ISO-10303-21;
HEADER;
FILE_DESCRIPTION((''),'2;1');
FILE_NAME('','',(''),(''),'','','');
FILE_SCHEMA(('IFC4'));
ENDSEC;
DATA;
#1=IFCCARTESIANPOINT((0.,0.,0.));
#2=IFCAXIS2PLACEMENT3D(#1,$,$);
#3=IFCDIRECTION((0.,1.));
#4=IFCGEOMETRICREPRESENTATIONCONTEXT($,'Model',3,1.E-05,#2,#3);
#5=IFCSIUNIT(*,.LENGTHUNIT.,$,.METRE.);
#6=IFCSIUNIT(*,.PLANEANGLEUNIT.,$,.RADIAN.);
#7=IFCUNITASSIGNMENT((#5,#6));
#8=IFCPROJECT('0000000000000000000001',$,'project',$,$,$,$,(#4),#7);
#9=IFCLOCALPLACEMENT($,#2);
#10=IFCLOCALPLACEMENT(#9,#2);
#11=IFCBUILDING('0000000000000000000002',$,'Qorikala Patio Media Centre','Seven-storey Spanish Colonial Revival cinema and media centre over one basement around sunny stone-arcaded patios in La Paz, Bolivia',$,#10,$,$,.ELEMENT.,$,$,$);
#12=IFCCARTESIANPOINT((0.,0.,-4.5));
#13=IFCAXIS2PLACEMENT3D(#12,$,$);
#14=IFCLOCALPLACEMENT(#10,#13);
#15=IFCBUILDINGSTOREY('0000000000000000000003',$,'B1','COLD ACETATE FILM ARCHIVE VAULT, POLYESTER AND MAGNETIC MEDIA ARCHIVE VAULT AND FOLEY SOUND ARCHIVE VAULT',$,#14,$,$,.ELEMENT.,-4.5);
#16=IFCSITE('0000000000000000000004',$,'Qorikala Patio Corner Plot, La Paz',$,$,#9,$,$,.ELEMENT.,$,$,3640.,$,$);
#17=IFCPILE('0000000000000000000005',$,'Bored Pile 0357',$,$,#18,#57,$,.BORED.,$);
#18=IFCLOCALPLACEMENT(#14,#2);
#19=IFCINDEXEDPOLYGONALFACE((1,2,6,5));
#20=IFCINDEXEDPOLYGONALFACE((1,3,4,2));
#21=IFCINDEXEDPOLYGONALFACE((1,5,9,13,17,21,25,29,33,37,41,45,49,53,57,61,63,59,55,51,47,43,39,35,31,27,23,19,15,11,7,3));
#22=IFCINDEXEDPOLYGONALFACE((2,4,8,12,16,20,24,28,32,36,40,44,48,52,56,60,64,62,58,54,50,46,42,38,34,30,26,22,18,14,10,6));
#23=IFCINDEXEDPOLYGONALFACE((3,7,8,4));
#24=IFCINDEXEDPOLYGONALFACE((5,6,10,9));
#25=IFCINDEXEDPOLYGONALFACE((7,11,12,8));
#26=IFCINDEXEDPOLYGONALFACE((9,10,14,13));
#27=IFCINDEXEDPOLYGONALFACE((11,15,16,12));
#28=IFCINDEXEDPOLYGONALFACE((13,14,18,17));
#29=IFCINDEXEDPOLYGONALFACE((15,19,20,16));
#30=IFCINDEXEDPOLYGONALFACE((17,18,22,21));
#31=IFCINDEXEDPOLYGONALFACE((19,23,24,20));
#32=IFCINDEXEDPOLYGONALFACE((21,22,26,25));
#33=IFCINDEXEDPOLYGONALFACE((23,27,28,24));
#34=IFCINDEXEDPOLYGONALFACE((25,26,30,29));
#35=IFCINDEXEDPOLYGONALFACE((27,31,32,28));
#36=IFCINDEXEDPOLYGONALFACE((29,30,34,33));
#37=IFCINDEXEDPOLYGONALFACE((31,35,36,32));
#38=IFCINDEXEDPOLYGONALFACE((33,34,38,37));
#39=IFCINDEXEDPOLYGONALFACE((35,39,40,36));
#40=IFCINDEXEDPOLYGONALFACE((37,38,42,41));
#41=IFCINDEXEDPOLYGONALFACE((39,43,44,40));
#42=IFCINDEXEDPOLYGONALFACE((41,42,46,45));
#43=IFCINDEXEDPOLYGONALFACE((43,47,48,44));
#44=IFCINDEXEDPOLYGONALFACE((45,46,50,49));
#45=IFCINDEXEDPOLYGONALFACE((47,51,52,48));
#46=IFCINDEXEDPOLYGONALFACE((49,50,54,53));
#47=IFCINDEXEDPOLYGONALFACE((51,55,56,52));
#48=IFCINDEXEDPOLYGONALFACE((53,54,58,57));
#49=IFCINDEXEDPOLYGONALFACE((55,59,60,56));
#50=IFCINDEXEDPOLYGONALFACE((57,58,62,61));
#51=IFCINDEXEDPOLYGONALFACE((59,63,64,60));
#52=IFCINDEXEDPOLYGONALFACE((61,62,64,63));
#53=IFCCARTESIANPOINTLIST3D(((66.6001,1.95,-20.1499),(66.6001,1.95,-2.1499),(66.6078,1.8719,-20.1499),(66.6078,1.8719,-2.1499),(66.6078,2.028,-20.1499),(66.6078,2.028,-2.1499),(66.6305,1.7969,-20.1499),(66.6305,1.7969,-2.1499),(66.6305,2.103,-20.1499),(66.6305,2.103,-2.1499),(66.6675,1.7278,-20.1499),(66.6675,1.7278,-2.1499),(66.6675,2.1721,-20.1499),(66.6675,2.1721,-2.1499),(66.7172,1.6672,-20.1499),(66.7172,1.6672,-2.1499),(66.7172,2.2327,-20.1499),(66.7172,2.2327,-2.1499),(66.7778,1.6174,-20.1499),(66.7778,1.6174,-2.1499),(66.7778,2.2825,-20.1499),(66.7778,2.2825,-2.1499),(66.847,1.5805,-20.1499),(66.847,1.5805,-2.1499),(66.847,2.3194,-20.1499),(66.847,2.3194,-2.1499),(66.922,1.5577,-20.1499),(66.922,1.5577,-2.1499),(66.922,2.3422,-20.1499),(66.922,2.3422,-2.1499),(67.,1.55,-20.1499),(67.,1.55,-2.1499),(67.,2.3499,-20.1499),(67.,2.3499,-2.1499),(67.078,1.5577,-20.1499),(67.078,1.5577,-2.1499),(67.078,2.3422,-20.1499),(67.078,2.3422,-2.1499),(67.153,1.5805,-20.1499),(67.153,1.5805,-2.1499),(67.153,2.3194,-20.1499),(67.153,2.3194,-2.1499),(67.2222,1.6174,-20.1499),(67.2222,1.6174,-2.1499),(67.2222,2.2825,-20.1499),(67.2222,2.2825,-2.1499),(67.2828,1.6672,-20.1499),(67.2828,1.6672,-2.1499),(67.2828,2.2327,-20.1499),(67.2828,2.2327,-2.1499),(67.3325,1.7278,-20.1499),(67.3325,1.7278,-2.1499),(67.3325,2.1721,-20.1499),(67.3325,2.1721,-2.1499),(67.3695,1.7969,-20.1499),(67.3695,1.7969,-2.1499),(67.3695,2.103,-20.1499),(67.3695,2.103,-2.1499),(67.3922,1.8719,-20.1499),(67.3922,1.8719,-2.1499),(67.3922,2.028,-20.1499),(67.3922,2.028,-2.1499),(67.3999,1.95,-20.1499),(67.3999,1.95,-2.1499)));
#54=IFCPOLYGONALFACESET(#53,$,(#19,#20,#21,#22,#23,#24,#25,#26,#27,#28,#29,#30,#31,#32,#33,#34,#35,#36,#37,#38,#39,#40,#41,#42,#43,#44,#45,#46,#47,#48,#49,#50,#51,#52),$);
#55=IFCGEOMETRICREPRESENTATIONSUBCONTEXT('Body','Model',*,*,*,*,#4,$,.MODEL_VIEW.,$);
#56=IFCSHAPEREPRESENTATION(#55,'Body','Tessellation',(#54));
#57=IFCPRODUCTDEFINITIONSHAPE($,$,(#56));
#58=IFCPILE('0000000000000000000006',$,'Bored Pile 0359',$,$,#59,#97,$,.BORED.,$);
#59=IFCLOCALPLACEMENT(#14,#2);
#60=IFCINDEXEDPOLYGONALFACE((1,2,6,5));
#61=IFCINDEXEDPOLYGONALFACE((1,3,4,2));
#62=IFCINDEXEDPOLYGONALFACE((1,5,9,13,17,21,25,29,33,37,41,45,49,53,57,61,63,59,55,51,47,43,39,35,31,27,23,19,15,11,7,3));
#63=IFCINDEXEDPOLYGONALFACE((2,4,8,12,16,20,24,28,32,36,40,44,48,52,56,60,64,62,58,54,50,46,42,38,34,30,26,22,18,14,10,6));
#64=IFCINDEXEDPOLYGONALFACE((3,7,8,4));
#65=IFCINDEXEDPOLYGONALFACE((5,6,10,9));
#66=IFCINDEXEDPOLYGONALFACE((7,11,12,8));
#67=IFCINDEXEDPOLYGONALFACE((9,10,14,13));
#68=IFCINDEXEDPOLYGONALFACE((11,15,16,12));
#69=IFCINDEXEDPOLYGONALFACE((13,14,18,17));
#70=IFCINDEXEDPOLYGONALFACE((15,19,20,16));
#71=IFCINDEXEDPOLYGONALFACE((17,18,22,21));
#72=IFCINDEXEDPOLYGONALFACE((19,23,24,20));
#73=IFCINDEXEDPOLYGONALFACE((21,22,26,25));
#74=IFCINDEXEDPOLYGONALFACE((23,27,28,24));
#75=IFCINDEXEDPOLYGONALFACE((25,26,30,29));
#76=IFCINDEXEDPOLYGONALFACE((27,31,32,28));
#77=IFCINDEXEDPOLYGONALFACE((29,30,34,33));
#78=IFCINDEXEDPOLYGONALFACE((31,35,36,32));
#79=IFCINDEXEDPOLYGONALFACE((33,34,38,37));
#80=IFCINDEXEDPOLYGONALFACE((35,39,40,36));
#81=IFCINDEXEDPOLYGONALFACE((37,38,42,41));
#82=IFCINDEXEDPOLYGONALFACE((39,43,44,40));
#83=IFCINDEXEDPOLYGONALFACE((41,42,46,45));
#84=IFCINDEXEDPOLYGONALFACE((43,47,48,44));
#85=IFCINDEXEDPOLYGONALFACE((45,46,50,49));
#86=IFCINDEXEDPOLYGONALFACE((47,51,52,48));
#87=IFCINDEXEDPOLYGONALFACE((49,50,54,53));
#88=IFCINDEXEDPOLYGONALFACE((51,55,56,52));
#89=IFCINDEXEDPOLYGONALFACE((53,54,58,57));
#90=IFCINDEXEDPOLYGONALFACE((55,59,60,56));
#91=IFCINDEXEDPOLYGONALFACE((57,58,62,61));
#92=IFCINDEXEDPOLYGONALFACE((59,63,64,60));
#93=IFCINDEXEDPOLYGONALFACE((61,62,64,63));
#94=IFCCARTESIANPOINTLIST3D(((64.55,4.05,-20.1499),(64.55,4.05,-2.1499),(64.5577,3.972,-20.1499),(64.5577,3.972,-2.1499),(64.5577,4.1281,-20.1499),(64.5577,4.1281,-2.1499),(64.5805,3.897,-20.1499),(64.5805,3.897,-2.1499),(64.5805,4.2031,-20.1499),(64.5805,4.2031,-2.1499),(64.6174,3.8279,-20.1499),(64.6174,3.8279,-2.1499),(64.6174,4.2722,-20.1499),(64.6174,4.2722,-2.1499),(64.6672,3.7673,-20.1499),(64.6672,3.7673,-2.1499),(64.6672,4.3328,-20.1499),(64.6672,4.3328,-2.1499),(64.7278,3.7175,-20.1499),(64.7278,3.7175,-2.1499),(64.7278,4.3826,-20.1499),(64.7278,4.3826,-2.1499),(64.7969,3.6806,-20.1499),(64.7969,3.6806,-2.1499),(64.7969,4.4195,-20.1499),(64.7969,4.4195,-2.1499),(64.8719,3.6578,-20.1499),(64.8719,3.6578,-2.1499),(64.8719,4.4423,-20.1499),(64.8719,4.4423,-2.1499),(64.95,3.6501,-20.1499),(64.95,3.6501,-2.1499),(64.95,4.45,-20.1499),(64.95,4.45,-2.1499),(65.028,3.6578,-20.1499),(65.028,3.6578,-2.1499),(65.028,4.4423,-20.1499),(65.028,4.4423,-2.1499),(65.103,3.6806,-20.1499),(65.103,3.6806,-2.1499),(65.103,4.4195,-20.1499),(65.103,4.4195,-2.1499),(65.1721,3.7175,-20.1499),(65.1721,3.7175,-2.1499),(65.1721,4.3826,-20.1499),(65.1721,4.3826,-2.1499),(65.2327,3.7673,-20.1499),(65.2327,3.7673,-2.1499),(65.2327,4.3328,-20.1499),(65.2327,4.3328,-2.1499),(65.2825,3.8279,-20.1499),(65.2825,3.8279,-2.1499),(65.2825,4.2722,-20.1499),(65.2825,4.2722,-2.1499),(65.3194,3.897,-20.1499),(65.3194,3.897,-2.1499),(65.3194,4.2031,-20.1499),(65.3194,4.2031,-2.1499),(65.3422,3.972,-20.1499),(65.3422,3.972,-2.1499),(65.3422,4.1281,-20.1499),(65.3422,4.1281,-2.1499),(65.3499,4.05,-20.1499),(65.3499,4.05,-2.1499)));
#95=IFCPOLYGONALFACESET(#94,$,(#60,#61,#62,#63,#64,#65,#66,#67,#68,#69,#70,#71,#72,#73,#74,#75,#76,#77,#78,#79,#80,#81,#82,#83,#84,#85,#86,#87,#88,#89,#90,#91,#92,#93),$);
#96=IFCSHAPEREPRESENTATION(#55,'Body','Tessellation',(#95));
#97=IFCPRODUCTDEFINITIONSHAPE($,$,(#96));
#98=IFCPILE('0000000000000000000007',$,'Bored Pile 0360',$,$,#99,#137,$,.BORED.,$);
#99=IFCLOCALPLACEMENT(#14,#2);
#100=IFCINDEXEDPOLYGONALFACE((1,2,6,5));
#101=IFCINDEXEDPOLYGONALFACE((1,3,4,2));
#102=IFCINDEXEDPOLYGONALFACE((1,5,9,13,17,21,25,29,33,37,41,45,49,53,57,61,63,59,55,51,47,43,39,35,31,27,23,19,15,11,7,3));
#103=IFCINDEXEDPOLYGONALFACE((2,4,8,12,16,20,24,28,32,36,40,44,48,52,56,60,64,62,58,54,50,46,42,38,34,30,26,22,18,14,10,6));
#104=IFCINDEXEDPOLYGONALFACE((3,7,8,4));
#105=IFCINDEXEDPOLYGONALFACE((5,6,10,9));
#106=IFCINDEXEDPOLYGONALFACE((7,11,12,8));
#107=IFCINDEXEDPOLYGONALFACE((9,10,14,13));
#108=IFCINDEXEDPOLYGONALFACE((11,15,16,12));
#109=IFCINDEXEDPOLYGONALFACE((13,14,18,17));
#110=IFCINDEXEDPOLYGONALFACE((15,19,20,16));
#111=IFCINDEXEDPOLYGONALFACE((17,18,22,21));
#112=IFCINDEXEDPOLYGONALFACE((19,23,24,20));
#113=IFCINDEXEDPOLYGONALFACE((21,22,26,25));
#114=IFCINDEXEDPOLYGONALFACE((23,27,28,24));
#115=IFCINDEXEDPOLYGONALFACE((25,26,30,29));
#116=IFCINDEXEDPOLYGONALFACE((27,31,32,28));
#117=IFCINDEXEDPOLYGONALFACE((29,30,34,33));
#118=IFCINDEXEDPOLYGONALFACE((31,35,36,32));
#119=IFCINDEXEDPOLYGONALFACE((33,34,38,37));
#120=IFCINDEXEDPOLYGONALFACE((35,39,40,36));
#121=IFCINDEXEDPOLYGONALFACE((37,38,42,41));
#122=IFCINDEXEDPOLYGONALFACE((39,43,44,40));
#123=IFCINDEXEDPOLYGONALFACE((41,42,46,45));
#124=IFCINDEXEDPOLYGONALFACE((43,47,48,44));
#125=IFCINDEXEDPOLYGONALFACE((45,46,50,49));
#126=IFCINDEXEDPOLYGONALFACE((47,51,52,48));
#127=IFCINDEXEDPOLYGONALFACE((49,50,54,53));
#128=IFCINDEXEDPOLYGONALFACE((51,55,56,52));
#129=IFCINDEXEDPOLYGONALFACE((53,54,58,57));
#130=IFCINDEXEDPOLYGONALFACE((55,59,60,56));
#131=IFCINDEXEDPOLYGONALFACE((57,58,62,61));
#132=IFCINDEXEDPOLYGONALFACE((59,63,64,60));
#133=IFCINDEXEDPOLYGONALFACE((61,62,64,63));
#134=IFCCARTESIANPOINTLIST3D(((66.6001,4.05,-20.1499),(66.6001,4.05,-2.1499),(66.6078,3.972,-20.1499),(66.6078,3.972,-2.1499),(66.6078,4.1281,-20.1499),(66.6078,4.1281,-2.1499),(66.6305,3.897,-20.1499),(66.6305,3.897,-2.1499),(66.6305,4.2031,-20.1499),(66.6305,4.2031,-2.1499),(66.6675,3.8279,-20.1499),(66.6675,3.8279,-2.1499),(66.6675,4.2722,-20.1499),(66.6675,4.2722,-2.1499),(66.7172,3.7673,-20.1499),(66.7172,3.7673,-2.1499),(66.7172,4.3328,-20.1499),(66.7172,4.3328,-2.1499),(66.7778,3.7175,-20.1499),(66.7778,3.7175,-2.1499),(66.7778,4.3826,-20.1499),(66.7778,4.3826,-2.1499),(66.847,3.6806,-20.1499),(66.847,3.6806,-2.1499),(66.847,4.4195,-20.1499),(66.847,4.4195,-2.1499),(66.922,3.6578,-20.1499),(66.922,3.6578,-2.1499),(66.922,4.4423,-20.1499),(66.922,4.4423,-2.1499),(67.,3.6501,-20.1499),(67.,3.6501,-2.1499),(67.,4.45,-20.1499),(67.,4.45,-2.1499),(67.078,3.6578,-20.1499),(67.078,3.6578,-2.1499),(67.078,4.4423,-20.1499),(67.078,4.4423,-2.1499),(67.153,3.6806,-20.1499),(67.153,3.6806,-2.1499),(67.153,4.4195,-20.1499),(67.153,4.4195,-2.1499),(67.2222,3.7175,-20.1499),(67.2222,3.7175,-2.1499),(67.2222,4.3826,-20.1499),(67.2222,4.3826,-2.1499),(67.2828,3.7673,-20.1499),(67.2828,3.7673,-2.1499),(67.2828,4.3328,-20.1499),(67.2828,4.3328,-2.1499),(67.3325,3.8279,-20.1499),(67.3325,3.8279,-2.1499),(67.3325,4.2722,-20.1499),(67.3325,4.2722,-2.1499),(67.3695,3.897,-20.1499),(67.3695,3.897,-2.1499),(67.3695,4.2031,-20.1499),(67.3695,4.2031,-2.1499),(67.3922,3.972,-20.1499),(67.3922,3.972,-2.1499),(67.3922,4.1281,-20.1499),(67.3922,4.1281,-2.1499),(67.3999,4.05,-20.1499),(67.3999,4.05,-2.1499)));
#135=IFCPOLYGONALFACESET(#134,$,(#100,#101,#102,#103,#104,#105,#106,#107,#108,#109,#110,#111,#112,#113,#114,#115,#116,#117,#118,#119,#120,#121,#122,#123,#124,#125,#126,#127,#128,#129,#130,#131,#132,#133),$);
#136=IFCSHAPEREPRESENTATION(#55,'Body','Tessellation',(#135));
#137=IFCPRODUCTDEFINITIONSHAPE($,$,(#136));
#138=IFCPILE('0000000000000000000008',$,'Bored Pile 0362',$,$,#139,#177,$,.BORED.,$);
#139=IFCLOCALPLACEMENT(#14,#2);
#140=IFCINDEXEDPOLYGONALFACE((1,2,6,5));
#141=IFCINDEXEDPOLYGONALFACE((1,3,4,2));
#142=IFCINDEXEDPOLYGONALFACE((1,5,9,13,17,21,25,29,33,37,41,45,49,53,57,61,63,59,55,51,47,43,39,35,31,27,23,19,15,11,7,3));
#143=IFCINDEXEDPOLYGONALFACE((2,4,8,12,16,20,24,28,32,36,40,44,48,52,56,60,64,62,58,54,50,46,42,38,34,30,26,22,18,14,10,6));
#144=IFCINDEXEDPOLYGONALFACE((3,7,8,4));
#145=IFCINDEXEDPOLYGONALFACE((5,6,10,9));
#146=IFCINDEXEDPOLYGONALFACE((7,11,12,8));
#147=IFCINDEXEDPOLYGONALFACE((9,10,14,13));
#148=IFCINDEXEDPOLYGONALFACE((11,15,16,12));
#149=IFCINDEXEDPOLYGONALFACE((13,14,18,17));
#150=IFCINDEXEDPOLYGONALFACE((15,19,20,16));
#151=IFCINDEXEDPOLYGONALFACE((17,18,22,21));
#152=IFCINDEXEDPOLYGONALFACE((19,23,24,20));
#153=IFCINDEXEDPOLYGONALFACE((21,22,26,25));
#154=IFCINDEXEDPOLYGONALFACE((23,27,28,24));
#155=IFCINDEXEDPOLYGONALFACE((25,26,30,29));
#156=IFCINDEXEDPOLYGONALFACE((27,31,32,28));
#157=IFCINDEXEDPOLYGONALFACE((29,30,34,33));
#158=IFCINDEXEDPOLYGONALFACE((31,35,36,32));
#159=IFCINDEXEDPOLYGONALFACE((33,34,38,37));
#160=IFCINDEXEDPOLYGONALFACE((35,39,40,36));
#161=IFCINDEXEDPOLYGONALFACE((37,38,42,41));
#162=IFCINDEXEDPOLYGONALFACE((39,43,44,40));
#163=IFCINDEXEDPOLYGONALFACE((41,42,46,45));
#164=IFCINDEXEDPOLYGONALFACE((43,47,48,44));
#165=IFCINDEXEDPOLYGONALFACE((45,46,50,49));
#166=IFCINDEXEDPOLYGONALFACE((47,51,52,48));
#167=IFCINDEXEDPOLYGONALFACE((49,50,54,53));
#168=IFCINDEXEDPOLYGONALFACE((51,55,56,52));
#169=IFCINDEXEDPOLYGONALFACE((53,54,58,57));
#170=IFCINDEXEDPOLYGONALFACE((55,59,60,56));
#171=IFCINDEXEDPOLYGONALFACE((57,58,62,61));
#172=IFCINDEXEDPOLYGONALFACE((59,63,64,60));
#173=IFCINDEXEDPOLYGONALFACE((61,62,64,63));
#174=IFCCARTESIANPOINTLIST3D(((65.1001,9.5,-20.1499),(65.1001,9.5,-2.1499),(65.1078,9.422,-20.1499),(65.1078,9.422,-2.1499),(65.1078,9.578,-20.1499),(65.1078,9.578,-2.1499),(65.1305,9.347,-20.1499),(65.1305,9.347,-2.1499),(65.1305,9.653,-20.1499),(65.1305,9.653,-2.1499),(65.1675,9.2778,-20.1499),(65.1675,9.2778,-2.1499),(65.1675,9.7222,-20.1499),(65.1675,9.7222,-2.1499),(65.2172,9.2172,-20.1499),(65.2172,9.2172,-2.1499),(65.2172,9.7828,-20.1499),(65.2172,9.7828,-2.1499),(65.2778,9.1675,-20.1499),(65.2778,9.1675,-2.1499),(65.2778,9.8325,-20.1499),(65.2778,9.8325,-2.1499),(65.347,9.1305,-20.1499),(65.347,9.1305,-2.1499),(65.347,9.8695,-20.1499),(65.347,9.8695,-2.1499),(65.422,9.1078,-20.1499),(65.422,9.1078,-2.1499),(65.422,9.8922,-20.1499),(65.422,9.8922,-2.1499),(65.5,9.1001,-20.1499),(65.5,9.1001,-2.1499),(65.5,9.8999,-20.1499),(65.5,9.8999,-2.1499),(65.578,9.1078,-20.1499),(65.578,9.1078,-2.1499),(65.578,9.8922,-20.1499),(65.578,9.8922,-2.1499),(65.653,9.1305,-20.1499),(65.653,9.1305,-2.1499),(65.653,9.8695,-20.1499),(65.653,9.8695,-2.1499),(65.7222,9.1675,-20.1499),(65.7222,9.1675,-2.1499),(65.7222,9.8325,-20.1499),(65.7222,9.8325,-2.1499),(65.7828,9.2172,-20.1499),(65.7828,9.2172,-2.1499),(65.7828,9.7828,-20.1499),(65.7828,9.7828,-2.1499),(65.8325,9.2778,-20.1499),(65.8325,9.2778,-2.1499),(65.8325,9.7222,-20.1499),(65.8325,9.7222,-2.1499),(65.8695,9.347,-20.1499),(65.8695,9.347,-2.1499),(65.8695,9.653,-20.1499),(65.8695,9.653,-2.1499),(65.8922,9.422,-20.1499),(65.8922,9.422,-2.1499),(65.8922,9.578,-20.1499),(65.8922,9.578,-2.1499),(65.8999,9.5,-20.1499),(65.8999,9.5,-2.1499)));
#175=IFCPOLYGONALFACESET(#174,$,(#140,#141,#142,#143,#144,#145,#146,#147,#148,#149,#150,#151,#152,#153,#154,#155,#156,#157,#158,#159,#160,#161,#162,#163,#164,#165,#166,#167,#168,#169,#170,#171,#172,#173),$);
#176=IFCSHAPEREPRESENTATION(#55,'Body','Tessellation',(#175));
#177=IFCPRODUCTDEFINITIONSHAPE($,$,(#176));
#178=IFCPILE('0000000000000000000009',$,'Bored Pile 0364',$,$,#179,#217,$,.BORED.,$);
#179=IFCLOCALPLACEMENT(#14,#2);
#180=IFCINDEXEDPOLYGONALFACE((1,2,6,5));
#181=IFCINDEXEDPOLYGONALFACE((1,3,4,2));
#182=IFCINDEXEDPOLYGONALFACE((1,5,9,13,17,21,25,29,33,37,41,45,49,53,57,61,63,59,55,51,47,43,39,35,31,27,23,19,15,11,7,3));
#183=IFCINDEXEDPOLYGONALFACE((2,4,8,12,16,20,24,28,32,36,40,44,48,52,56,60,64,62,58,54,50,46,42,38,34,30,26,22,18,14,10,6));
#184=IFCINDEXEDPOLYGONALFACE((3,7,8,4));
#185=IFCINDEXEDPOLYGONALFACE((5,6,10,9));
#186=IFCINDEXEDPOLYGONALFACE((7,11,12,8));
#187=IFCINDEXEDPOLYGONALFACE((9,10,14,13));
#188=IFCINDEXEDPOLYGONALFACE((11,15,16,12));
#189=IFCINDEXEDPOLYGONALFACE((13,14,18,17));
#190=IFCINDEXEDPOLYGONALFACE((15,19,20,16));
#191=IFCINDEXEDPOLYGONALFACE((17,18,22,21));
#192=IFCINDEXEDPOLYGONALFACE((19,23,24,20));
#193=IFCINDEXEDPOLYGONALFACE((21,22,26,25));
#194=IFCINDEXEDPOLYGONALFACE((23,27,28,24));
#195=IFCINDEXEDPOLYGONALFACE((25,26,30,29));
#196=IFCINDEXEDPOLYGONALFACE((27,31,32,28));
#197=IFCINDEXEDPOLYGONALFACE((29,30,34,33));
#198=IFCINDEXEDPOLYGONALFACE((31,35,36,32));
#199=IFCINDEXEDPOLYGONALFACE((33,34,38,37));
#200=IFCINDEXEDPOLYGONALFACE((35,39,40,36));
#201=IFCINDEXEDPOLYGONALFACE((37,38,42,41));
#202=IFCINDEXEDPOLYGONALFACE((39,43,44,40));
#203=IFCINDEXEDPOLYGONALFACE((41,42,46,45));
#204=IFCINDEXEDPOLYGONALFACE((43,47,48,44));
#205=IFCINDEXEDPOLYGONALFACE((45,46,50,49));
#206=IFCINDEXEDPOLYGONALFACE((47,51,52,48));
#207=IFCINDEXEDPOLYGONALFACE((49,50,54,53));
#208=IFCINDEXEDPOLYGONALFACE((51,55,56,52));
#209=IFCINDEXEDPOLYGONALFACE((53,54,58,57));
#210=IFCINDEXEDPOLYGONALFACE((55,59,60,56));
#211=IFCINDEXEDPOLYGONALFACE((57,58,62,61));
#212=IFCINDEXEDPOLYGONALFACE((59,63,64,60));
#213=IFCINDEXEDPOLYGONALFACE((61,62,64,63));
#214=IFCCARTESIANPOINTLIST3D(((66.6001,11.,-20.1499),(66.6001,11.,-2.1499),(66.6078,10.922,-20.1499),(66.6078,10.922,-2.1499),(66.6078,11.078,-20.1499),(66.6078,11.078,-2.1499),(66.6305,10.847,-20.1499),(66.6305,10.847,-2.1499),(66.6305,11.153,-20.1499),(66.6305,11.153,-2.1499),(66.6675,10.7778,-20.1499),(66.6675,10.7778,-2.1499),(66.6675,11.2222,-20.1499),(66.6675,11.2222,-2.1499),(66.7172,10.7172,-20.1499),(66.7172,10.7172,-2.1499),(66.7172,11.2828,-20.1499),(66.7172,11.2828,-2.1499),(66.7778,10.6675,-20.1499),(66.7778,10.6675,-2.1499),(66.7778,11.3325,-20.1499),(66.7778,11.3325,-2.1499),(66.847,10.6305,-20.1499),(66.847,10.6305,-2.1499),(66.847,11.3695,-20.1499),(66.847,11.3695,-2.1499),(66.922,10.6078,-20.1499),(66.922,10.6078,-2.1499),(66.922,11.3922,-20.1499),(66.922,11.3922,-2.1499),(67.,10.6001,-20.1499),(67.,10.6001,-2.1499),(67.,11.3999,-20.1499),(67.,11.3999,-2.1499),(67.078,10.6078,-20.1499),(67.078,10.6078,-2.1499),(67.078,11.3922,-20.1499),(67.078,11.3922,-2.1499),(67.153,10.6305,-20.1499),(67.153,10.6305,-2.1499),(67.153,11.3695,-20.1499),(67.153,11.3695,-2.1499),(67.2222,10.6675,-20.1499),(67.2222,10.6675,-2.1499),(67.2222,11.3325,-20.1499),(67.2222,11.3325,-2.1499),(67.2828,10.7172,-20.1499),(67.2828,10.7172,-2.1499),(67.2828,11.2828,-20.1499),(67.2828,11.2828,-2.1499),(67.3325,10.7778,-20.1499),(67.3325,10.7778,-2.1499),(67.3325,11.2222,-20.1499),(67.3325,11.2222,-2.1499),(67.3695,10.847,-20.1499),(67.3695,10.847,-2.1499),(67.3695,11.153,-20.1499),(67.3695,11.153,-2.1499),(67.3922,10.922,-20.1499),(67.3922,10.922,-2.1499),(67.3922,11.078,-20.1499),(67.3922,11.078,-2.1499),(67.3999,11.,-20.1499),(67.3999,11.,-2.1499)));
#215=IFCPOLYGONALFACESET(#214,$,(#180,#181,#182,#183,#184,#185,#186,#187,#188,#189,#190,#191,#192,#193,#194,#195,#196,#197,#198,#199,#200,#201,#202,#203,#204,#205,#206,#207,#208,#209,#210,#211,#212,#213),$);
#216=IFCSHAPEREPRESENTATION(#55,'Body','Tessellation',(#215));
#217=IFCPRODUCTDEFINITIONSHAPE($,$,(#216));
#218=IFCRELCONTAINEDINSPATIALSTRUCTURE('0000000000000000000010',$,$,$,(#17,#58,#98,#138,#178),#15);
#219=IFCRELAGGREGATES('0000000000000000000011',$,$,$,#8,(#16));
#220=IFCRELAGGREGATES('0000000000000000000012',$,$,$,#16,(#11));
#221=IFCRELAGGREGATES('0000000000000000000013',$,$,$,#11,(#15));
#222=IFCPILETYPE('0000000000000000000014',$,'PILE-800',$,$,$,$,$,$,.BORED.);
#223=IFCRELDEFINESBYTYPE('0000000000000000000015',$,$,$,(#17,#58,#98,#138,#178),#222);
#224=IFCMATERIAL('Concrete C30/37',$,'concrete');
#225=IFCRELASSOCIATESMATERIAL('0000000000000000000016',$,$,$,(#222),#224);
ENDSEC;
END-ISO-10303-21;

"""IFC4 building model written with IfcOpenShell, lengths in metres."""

from ifc_helpers import new_model, si_unit, direction, frame, origin, origin_2d, place, context, subcontext, project, spatial, circle, extrude, material, material_profile, profile_set, type_object, element, save


model = new_model("IFC4")

# Units and contexts
model_context = context("Model", 3, precision=1e-05, world=origin(), true_north=direction((0.0, 1.0)))
body_context = subcontext(model_context, "Body", "Model", "MODEL_VIEW")
ifc_project = project(units=[si_unit("LENGTHUNIT", "METRE"), si_unit("PLANEANGLEUNIT", "RADIAN")], contexts=[model_context])

# Site, building, storey
site_placement = place(None, origin())
site = spatial("IfcSite", under=ifc_project, at=site_placement, Name="Qorikala Patio Corner Plot, La Paz", CompositionType="ELEMENT", RefElevation=3640.0)
building_placement = place(site_placement, origin())
building = spatial("IfcBuilding", under=site, at=building_placement, Name="Qorikala Patio Media Centre", Description="Seven-storey Spanish Colonial Revival cinema and media centre over one basement around sunny stone-arcaded patios in La Paz, Bolivia", CompositionType="ELEMENT")
storey_placement = place(building_placement, frame((0.0, 0.0, -4.5)))
storey = spatial("IfcBuildingStorey", under=building, at=storey_placement, Name="B1", Description="COLD ACETATE FILM ARCHIVE VAULT, POLYESTER AND MAGNETIC MEDIA ARCHIVE VAULT AND FOLEY SOUND ARCHIVE VAULT", CompositionType="ELEMENT", Elevation=-4.5)

# Shared definitions
ifc_material_1 = material(Name="Concrete C30/37", Category="concrete")

# Piles
ifc_material_profile_1 = material_profile(ifc_material_1, circle(Radius=0.3999, at=origin_2d()), Name="BORED PILE 800")
ifc_profile_set_1 = profile_set([ifc_material_profile_1], Name="Concrete C30/37")
pile_type_1 = type_object("IfcPileType", Name="PILE-800", PredefinedType="BORED", material=ifc_profile_set_1)
for number, where, z_axis, x_axis, name in (
    (1, (67.0, 1.95, -2.1499), (0.0, 0.0, -1.0), (1.0, 0.0, 0.0), "Bored Pile 0357"),
    (2, (64.95, 4.05, -2.1499), (0.0, 0.0, -1.0), (1.0, 0.0, 0.0), "Bored Pile 0359"),
    (3, (67.0, 4.05, -2.1499), (0.0, 0.0, -1.0), (1.0, 0.0, 0.0), "Bored Pile 0360"),
    (4, (65.5, 9.5, -2.1499), (0.0, 0.0, -1.0), (1.0, 0.0, 0.0), "Bored Pile 0362"),
    (5, (67.0, 11.0, -2.1499), (0.0, 0.0, -1.0), (1.0, 0.0, 0.0), "Bored Pile 0364"),
):
    element("IfcPile", number, at=place(storey_placement, frame(where, z_axis=z_axis, x_axis=x_axis)), inside=storey, type_object=pile_type_1, Name=name, PredefinedType="BORED", context=body_context, shape_type="SweptSolid", body=[
        extrude(circle(Radius=0.3999, at=origin_2d()), origin(), (0.0, 0.0, 1.0), 18.0),
    ])

save(model, "model.ifc")
